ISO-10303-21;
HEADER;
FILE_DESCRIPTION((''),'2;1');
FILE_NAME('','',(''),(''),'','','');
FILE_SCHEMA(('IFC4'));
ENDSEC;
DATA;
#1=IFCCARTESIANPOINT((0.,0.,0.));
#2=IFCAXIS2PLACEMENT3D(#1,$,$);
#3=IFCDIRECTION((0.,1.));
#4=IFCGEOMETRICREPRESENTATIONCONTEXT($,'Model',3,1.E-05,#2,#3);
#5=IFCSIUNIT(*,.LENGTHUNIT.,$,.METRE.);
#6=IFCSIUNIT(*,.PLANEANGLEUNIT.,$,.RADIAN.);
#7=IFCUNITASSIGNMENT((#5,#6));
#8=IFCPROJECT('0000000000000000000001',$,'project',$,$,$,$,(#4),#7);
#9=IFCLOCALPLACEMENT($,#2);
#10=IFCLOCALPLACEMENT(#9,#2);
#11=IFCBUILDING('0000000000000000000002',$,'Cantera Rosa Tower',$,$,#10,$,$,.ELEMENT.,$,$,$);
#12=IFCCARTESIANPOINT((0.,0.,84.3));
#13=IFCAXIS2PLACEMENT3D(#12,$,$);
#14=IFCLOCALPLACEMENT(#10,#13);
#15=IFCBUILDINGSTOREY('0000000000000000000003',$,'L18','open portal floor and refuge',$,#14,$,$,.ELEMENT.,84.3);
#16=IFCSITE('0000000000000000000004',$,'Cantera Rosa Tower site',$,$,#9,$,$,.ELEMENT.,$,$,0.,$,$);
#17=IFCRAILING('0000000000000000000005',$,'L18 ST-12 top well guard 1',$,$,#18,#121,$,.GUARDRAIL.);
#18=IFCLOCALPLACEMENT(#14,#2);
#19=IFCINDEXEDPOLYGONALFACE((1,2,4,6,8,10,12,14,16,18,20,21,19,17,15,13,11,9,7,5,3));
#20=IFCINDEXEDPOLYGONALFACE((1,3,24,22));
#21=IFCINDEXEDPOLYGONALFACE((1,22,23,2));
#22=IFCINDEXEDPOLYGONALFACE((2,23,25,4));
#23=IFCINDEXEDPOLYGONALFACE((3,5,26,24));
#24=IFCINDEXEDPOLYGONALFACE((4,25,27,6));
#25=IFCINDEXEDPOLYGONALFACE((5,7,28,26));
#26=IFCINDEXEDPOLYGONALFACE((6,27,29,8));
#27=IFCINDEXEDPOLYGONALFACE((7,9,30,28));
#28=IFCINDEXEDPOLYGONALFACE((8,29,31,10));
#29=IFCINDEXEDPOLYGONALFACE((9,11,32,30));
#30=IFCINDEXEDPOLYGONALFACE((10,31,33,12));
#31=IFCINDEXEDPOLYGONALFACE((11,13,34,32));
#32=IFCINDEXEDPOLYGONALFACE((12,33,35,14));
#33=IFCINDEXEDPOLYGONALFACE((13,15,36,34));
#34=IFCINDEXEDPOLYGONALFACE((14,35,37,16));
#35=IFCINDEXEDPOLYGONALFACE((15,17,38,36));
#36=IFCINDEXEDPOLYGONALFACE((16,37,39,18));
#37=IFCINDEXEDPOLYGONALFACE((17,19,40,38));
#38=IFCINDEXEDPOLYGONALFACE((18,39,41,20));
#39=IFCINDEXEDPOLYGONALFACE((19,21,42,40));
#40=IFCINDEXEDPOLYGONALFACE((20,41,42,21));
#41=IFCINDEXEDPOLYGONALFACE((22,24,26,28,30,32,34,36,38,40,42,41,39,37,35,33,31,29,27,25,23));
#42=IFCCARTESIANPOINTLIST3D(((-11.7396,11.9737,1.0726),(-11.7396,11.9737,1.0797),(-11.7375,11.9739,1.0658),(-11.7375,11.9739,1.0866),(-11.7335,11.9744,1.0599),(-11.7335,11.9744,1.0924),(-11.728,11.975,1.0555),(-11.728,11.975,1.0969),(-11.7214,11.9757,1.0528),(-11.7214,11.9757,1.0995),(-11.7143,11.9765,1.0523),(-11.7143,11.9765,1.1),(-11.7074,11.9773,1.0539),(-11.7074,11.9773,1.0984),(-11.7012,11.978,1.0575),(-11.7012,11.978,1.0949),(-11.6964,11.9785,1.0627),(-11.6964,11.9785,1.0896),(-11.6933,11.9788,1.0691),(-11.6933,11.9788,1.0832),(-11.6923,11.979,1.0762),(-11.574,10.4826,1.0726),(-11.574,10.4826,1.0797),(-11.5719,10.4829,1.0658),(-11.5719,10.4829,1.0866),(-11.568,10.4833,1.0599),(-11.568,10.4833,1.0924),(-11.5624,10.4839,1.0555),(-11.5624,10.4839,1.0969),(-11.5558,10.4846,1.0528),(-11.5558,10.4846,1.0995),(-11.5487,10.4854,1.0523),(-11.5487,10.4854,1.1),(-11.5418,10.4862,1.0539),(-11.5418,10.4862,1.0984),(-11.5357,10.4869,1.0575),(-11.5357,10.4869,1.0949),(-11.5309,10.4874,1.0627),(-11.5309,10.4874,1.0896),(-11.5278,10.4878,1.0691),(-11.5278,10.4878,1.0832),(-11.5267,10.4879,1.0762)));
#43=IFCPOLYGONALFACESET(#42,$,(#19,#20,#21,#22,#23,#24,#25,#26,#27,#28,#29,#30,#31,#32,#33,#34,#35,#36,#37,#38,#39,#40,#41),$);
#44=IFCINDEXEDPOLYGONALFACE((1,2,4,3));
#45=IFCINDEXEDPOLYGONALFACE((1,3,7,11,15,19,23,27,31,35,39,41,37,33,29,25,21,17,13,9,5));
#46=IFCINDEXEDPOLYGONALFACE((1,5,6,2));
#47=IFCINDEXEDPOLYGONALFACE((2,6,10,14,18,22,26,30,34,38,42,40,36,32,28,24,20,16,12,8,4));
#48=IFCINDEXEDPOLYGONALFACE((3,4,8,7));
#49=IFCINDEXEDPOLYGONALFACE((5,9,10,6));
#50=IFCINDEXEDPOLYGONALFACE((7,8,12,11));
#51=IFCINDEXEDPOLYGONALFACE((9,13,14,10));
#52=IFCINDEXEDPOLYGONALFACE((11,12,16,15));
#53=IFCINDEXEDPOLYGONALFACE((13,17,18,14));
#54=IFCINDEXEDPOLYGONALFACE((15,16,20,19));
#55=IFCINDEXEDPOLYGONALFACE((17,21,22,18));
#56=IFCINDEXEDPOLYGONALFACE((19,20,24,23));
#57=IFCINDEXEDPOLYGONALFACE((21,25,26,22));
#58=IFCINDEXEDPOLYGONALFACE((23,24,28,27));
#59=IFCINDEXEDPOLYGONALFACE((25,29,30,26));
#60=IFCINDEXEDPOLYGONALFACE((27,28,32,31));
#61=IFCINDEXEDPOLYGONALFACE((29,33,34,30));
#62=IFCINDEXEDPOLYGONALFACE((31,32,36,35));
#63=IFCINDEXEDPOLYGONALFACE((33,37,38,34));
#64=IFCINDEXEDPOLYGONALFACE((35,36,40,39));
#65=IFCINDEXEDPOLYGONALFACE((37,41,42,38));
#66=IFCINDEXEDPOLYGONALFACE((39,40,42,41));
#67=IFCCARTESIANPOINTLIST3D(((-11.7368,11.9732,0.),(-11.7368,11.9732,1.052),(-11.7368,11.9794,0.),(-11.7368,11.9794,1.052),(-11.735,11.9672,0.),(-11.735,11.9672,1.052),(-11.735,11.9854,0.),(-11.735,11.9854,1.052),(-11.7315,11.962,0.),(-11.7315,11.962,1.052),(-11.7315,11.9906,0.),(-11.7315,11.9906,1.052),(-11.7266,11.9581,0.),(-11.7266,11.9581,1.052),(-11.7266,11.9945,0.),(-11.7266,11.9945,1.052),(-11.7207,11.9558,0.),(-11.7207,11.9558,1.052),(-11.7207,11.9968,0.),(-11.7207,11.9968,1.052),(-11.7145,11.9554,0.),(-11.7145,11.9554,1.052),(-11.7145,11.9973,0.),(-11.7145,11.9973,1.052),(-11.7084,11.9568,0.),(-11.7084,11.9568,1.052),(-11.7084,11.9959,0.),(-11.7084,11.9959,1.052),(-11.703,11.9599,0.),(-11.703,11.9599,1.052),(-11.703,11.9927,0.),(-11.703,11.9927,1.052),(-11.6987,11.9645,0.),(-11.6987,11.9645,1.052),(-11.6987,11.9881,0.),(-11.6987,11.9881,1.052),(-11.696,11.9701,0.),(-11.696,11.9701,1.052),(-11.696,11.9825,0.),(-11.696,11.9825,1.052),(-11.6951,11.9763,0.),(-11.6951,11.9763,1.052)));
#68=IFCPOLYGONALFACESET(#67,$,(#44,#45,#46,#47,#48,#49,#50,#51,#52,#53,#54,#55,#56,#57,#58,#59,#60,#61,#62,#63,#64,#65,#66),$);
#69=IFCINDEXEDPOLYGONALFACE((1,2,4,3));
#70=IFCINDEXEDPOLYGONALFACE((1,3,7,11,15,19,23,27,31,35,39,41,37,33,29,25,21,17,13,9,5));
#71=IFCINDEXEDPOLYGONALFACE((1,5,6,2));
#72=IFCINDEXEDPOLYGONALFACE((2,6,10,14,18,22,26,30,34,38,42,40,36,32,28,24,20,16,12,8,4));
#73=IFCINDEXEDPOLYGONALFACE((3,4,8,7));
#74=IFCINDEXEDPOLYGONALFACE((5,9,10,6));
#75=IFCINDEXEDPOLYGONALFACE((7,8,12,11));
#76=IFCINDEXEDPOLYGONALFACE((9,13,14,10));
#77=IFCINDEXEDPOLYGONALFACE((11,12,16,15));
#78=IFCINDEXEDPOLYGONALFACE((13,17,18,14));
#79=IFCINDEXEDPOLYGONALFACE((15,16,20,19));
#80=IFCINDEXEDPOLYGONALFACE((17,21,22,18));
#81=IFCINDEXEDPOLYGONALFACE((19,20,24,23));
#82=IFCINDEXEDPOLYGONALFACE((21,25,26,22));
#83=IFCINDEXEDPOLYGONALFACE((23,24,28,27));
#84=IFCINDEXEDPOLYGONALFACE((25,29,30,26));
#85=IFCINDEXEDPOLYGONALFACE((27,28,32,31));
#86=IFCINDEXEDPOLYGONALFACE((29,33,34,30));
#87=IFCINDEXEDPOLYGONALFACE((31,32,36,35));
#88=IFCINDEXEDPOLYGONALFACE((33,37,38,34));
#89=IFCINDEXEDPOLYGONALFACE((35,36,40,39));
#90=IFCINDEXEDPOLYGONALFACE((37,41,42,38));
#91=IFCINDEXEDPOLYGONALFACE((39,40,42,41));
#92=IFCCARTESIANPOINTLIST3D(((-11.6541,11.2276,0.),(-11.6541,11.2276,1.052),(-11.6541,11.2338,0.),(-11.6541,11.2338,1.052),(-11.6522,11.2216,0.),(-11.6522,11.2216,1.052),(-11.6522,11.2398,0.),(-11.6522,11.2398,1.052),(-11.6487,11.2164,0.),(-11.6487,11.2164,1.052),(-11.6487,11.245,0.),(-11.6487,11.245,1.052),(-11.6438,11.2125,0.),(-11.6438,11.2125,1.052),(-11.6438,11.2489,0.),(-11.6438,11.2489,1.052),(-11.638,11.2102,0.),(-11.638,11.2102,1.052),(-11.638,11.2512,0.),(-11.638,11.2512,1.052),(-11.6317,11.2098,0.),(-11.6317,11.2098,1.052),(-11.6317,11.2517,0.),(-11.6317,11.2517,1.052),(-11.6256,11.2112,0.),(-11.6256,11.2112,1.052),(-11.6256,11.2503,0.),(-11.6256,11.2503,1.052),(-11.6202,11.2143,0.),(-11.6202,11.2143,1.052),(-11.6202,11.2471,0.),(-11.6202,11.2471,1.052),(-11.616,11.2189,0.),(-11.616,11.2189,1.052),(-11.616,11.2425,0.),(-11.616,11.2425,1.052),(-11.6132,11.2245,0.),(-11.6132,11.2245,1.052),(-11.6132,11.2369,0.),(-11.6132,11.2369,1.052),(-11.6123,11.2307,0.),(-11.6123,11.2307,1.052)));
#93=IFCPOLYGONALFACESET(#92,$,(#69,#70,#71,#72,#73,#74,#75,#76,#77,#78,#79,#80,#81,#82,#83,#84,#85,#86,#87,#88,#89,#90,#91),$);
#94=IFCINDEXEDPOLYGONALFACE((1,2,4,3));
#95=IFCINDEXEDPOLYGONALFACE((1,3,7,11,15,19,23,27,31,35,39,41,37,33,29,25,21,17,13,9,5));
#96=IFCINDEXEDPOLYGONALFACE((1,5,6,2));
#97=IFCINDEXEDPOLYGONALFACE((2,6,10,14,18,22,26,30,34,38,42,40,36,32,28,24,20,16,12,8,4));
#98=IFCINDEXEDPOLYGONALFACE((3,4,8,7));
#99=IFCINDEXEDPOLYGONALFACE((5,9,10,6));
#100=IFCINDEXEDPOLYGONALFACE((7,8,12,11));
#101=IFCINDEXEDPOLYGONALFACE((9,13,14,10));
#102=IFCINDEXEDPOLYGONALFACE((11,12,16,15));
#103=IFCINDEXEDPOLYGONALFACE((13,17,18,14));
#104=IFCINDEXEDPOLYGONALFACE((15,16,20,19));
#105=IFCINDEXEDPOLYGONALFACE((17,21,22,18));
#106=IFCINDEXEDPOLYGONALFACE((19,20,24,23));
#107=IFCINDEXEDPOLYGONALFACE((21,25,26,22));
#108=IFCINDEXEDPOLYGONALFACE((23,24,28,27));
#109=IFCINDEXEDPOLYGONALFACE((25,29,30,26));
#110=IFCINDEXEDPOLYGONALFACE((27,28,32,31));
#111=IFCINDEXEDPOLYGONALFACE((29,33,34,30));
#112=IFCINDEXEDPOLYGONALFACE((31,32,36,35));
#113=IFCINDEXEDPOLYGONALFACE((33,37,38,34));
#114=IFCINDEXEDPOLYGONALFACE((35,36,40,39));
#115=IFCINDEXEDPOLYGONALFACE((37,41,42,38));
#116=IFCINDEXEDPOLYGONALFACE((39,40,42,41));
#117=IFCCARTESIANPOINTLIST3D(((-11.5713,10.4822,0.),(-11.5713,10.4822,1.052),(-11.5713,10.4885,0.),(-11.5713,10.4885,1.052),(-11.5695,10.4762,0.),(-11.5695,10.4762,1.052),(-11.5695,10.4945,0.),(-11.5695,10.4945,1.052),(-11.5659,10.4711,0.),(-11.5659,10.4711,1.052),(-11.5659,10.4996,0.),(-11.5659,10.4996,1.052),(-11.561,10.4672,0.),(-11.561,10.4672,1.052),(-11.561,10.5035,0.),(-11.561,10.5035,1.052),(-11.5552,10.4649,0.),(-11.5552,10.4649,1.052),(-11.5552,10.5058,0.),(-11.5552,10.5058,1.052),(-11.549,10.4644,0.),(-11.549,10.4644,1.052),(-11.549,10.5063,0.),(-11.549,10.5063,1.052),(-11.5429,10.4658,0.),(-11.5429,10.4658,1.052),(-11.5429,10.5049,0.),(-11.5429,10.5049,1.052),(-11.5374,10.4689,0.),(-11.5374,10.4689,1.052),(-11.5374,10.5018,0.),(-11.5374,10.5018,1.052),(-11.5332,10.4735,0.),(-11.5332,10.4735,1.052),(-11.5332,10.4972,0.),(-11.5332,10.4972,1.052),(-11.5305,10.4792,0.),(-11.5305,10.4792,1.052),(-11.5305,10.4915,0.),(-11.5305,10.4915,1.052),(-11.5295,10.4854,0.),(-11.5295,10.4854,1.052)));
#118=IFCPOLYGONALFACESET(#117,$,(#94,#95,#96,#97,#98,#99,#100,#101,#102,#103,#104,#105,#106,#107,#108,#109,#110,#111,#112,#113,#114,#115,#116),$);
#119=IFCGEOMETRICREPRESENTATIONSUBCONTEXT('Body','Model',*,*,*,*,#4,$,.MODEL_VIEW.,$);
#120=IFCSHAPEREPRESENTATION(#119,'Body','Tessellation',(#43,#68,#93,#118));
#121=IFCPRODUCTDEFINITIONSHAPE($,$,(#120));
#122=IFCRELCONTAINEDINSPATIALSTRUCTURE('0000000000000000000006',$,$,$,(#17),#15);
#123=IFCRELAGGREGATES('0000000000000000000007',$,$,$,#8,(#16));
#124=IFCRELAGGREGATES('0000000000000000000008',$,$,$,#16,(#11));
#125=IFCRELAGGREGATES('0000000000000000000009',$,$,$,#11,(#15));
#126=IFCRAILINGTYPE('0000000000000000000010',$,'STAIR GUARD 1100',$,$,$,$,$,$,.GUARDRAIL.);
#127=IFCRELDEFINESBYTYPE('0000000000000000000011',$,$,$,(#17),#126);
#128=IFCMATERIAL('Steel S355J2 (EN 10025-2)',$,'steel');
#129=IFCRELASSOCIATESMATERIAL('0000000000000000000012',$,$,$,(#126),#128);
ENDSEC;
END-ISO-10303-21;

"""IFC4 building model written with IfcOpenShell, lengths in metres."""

from ifc_helpers import new_model, si_unit, direction, frame, origin, origin_2d, place, context, subcontext, project, spatial, circle, extrude, material, type_object, element, save


model = new_model("IFC4")

# Units and contexts
model_context = context("Model", 3, precision=1e-05, world=origin(), true_north=direction((0.0, 1.0)))
body_context = subcontext(model_context, "Body", "Model", "MODEL_VIEW")
ifc_project = project(units=[si_unit("LENGTHUNIT", "METRE"), si_unit("PLANEANGLEUNIT", "RADIAN")], contexts=[model_context])

# Site, building, storey
site_placement = place(None, origin())
site = spatial("IfcSite", under=ifc_project, at=site_placement, Name="Cantera Rosa Tower site", CompositionType="ELEMENT", RefElevation=0.0)
building_placement = place(site_placement, origin())
building = spatial("IfcBuilding", under=site, at=building_placement, Name="Cantera Rosa Tower", CompositionType="ELEMENT")
storey_placement = place(building_placement, frame((0.0, 0.0, 84.3)))
storey = spatial("IfcBuildingStorey", under=building, at=storey_placement, Name="L18", Description="open portal floor and refuge", CompositionType="ELEMENT", Elevation=84.3)

# Railing
ifc_material_1 = material(Name="Steel S355J2 (EN 10025-2)", Category="steel")
railing_type = type_object("IfcRailingType", Name="STAIR GUARD 1100", PredefinedType="GUARDRAIL", material=ifc_material_1)
railing_1_placement = place(storey_placement, frame((-11.7161, 11.9763, 0.0)))
element("IfcRailing", 1, at=railing_1_placement, inside=storey, type_object=railing_type, Name="L18 ST-12 top well guard 1", PredefinedType="GUARDRAIL", context=body_context, shape_type="SweptSolid", body=[
    extrude(circle(Radius=0.0239, at=origin_2d()), frame((0.0, 0.0, 1.0762), z_axis=(0.110342, -0.993894, 0.0), x_axis=(0.993894, 0.110342, 0.0)), (0.0, 0.0, 1.0), 1.5002),
    extrude(circle(Radius=0.021, at=origin_2d()), origin(), (0.0, 0.0, 1.0), 1.052),
    extrude(circle(Radius=0.021, at=origin_2d()), frame((0.0828, -0.7456, 0.0)), (0.0, 0.0, 1.0), 1.052),
    extrude(circle(Radius=0.021, at=origin_2d()), frame((0.1655, -1.491, 0.0)), (0.0, 0.0, 1.0), 1.052),
])

save(model, "model.ifc")
